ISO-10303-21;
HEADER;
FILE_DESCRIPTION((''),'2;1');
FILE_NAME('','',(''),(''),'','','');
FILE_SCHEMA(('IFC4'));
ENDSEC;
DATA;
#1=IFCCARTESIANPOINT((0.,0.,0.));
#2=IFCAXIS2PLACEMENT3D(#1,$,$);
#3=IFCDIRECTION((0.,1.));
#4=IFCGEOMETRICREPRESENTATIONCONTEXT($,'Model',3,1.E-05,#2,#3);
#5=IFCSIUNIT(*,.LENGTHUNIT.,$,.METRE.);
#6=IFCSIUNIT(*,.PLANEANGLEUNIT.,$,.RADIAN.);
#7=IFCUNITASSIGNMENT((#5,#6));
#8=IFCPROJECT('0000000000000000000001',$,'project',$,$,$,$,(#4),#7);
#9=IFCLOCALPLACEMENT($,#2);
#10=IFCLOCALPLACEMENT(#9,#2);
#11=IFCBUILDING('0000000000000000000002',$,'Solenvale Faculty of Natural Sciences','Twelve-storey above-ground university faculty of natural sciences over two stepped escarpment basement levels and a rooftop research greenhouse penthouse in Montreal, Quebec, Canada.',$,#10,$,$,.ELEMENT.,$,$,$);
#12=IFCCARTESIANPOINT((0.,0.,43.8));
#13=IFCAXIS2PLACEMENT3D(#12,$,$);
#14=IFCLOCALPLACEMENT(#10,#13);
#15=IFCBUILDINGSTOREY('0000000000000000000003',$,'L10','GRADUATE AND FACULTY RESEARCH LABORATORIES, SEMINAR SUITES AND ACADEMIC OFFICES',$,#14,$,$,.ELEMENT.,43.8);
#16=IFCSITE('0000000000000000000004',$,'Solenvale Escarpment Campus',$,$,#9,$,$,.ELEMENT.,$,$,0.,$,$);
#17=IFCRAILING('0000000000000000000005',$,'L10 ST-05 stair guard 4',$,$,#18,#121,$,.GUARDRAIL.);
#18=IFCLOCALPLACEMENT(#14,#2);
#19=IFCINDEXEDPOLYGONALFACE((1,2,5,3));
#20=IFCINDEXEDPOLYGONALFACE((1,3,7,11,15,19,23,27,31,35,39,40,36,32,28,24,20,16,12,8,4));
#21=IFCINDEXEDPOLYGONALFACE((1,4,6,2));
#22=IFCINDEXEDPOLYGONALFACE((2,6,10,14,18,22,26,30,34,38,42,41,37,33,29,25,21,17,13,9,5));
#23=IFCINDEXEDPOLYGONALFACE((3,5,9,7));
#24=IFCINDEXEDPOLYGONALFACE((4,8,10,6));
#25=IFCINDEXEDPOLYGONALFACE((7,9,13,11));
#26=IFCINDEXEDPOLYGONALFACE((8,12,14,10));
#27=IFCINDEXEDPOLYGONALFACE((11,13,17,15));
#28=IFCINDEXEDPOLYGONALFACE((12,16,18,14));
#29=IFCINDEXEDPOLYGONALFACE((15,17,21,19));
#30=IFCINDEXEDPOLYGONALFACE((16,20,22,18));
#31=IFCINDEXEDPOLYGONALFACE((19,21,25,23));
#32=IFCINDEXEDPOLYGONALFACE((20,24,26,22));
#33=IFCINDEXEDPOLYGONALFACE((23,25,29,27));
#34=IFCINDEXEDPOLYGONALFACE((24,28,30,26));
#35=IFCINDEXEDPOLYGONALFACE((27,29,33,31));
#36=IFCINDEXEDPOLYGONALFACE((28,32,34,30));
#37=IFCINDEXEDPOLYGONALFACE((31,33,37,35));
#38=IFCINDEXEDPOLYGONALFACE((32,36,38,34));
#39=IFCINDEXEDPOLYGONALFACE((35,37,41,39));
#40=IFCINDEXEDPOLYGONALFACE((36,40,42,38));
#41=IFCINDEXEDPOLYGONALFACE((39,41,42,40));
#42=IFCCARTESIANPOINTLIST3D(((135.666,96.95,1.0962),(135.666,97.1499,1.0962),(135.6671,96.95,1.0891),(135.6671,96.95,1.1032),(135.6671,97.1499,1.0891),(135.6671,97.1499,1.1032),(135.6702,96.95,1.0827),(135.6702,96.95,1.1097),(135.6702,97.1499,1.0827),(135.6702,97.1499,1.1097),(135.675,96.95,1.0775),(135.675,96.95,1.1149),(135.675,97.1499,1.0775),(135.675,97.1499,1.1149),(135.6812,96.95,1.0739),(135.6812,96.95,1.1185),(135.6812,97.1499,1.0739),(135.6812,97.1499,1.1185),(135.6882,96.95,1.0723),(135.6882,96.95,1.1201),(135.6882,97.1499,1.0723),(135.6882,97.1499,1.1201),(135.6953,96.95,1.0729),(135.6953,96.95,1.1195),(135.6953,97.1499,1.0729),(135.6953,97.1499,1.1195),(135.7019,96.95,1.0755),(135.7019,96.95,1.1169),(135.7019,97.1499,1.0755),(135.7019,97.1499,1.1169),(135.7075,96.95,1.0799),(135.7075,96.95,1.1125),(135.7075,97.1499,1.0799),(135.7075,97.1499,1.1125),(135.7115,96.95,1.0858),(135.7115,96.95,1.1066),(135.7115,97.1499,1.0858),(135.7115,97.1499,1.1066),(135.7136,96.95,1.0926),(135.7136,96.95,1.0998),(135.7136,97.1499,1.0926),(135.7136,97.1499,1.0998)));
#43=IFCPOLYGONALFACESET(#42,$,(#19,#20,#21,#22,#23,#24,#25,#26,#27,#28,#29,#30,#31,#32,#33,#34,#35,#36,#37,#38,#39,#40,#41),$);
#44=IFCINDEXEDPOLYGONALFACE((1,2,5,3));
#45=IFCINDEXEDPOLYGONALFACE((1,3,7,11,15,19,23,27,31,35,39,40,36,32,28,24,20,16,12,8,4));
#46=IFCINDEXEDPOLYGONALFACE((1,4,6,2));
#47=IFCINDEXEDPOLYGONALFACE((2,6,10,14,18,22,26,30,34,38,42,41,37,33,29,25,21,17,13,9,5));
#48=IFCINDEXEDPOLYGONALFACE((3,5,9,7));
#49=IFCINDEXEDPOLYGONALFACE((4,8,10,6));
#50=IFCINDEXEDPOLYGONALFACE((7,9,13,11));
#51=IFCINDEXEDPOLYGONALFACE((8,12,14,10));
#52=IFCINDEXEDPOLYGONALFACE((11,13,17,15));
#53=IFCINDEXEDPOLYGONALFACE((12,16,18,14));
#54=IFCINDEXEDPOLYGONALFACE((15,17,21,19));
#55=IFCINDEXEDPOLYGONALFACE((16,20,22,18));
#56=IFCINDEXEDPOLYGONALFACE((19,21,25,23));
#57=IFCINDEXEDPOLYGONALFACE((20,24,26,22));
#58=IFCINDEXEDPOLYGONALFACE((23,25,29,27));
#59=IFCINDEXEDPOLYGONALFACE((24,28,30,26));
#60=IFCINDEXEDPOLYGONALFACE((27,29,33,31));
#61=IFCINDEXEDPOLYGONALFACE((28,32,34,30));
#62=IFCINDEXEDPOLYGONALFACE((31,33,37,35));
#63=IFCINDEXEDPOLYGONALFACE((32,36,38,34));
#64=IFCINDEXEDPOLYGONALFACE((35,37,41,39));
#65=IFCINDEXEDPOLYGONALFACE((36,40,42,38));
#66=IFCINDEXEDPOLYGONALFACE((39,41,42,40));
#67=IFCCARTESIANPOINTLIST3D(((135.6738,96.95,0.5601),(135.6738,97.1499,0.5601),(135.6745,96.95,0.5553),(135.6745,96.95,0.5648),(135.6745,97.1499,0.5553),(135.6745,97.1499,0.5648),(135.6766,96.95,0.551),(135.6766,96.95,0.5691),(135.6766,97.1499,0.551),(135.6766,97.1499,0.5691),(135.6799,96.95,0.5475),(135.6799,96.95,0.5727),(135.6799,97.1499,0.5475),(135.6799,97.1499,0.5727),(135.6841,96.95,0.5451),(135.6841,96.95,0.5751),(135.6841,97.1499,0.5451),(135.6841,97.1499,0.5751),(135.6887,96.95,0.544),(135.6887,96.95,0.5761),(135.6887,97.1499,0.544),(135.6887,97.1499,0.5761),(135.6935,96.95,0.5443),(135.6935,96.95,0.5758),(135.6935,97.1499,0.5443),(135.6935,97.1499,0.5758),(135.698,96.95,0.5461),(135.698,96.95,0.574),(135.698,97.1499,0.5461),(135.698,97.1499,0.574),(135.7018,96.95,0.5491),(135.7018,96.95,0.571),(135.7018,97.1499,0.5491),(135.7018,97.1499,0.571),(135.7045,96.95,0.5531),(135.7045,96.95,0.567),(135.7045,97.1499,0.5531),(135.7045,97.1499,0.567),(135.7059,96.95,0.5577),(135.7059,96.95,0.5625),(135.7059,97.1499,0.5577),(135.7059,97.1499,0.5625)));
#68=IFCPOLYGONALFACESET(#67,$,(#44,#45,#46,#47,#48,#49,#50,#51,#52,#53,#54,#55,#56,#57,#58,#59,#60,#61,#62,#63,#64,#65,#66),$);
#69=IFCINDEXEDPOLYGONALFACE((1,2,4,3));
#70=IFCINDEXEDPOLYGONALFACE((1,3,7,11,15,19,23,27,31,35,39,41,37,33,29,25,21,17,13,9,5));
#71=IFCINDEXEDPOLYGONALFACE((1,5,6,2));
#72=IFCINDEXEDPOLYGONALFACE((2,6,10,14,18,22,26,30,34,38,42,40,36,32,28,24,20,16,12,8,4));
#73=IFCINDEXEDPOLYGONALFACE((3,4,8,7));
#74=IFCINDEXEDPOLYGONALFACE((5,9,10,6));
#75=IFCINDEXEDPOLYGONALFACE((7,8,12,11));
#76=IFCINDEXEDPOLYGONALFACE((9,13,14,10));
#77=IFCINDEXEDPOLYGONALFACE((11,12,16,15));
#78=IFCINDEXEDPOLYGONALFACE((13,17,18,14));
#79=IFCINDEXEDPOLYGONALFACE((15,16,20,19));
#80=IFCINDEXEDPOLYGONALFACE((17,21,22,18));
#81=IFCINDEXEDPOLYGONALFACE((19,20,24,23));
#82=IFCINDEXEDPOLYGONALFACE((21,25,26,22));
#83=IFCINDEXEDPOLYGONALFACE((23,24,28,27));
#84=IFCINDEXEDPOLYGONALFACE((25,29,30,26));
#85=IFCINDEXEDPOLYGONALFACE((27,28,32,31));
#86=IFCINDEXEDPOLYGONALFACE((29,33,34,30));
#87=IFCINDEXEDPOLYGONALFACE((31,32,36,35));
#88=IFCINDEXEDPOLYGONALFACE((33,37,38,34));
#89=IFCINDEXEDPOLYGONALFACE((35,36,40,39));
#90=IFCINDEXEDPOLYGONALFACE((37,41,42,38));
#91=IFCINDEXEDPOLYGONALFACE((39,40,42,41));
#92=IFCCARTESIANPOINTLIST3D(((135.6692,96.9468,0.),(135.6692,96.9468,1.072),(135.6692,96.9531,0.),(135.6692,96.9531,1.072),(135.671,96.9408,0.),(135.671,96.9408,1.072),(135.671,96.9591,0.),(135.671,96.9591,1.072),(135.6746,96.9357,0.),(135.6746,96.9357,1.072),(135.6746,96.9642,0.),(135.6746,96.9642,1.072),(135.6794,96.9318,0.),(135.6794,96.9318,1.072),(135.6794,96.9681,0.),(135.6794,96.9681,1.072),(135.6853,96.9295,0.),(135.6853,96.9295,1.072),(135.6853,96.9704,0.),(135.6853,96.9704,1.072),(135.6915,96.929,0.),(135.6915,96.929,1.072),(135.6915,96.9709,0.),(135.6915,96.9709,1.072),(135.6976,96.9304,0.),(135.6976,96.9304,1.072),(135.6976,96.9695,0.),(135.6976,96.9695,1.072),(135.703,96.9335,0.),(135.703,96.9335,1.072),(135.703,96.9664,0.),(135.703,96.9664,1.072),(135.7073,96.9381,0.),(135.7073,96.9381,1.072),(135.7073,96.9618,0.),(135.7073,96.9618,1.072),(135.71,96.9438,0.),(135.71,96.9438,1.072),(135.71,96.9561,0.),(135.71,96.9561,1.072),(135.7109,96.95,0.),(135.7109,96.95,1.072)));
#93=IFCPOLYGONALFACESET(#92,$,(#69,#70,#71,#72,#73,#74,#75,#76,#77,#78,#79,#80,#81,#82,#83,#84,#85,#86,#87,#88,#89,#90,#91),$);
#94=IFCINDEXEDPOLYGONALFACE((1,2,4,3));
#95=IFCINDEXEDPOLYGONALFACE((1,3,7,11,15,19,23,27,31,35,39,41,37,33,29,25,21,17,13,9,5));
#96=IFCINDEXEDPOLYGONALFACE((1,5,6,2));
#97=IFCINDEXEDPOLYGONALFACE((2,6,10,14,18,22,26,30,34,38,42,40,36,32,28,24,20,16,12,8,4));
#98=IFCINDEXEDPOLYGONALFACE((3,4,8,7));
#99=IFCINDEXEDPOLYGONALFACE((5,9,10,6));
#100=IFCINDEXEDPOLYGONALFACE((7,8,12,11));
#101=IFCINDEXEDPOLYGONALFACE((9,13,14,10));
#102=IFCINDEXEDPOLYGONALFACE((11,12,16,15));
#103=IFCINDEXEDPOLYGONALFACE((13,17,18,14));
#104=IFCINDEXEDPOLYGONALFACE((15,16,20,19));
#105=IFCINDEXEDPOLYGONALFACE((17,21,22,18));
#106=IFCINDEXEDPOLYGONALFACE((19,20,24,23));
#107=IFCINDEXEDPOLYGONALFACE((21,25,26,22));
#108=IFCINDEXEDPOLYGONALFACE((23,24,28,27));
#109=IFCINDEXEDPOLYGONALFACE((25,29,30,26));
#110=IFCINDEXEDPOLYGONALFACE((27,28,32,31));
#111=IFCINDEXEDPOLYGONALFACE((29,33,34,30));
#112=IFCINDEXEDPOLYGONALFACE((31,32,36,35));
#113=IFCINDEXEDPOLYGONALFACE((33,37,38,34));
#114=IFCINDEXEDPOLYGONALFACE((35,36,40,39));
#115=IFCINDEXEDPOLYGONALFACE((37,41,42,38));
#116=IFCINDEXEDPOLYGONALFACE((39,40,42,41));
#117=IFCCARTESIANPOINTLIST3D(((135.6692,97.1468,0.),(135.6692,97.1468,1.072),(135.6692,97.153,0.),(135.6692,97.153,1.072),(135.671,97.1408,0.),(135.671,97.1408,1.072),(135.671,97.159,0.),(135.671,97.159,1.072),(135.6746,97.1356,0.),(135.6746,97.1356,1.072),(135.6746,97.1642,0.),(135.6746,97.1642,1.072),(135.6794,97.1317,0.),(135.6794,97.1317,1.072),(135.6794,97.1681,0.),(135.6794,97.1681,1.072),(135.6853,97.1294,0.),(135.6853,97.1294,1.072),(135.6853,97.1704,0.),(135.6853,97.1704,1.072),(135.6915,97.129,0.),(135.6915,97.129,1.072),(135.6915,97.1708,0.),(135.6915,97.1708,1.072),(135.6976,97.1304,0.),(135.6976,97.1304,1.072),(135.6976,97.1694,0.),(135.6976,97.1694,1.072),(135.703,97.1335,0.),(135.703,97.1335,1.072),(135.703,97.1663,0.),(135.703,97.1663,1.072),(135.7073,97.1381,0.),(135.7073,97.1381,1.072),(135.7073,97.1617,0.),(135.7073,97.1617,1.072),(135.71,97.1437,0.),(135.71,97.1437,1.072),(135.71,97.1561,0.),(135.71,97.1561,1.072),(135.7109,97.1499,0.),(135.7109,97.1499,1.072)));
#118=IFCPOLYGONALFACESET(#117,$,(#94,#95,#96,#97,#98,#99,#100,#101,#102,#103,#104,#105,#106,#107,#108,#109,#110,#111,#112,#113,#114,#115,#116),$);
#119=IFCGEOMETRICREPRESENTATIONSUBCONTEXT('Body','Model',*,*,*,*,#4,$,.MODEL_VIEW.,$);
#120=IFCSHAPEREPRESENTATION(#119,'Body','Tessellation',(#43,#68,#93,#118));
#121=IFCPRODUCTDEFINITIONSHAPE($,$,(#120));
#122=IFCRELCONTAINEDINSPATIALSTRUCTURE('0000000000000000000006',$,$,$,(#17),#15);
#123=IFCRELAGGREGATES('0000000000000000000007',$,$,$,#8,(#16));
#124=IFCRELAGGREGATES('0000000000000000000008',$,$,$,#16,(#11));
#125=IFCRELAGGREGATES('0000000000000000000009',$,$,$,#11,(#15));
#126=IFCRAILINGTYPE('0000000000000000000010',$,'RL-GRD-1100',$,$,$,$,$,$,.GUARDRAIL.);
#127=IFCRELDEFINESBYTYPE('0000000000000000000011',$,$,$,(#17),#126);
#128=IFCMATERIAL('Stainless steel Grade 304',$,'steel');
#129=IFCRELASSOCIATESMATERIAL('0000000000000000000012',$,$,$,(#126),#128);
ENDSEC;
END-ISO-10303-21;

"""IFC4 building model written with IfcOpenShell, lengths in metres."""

from ifc_helpers import new_model, si_unit, direction, frame, origin, origin_2d, place, context, subcontext, project, spatial, circle, extrude, material, type_object, element, save


model = new_model("IFC4")

# Units and contexts
model_context = context("Model", 3, precision=1e-05, world=origin(), true_north=direction((0.0, 1.0)))
body_context = subcontext(model_context, "Body", "Model", "MODEL_VIEW")
ifc_project = project(units=[si_unit("LENGTHUNIT", "METRE"), si_unit("PLANEANGLEUNIT", "RADIAN")], contexts=[model_context])

# Site, building, storey
site_placement = place(None, origin())
site = spatial("IfcSite", under=ifc_project, at=site_placement, Name="Solenvale Escarpment Campus", CompositionType="ELEMENT", RefElevation=0.0)
building_placement = place(site_placement, origin())
building = spatial("IfcBuilding", under=site, at=building_placement, Name="Solenvale Faculty of Natural Sciences", Description="Twelve-storey above-ground university faculty of natural sciences over two stepped escarpment basement levels and a rooftop research greenhouse penthouse in Montreal, Quebec, Canada.", CompositionType="ELEMENT")
storey_placement = place(building_placement, frame((0.0, 0.0, 43.8)))
storey = spatial("IfcBuildingStorey", under=building, at=storey_placement, Name="L10", Description="GRADUATE AND FACULTY RESEARCH LABORATORIES, SEMINAR SUITES AND ACADEMIC OFFICES", CompositionType="ELEMENT", Elevation=43.8)

# Railing
ifc_material_1 = material(Name="Stainless steel Grade 304", Category="steel")
railing_type_1 = type_object("IfcRailingType", Name="RL-GRD-1100", PredefinedType="GUARDRAIL", material=ifc_material_1)
railing_1_placement = place(storey_placement, frame((135.6899, 96.95, 0.0)))
element("IfcRailing", 1, at=railing_1_placement, inside=storey, type_object=railing_type_1, Name="L10 ST-05 stair guard 4", PredefinedType="GUARDRAIL", context=body_context, shape_type="SweptSolid", body=[
    extrude(circle(Radius=0.0239, at=origin_2d()), frame((0.0, 0.0, 1.0962), z_axis=(0.0, 1.0, 0.0), x_axis=(-1.0, 0.0, 0.0)), (0.0, 0.0, 1.0), 0.2),
    extrude(circle(Radius=0.0161, at=origin_2d()), frame((0.0, 0.0, 0.5601), z_axis=(0.0, 1.0, 0.0), x_axis=(-1.0, 0.0, 0.0)), (0.0, 0.0, 1.0), 0.2),
    extrude(circle(Radius=0.021, at=origin_2d()), origin(), (0.0, 0.0, 1.0), 1.072),
    extrude(circle(Radius=0.021, at=origin_2d()), frame((0.0, 0.2, 0.0)), (0.0, 0.0, 1.0), 1.072),
])

save(model, "model.ifc")
